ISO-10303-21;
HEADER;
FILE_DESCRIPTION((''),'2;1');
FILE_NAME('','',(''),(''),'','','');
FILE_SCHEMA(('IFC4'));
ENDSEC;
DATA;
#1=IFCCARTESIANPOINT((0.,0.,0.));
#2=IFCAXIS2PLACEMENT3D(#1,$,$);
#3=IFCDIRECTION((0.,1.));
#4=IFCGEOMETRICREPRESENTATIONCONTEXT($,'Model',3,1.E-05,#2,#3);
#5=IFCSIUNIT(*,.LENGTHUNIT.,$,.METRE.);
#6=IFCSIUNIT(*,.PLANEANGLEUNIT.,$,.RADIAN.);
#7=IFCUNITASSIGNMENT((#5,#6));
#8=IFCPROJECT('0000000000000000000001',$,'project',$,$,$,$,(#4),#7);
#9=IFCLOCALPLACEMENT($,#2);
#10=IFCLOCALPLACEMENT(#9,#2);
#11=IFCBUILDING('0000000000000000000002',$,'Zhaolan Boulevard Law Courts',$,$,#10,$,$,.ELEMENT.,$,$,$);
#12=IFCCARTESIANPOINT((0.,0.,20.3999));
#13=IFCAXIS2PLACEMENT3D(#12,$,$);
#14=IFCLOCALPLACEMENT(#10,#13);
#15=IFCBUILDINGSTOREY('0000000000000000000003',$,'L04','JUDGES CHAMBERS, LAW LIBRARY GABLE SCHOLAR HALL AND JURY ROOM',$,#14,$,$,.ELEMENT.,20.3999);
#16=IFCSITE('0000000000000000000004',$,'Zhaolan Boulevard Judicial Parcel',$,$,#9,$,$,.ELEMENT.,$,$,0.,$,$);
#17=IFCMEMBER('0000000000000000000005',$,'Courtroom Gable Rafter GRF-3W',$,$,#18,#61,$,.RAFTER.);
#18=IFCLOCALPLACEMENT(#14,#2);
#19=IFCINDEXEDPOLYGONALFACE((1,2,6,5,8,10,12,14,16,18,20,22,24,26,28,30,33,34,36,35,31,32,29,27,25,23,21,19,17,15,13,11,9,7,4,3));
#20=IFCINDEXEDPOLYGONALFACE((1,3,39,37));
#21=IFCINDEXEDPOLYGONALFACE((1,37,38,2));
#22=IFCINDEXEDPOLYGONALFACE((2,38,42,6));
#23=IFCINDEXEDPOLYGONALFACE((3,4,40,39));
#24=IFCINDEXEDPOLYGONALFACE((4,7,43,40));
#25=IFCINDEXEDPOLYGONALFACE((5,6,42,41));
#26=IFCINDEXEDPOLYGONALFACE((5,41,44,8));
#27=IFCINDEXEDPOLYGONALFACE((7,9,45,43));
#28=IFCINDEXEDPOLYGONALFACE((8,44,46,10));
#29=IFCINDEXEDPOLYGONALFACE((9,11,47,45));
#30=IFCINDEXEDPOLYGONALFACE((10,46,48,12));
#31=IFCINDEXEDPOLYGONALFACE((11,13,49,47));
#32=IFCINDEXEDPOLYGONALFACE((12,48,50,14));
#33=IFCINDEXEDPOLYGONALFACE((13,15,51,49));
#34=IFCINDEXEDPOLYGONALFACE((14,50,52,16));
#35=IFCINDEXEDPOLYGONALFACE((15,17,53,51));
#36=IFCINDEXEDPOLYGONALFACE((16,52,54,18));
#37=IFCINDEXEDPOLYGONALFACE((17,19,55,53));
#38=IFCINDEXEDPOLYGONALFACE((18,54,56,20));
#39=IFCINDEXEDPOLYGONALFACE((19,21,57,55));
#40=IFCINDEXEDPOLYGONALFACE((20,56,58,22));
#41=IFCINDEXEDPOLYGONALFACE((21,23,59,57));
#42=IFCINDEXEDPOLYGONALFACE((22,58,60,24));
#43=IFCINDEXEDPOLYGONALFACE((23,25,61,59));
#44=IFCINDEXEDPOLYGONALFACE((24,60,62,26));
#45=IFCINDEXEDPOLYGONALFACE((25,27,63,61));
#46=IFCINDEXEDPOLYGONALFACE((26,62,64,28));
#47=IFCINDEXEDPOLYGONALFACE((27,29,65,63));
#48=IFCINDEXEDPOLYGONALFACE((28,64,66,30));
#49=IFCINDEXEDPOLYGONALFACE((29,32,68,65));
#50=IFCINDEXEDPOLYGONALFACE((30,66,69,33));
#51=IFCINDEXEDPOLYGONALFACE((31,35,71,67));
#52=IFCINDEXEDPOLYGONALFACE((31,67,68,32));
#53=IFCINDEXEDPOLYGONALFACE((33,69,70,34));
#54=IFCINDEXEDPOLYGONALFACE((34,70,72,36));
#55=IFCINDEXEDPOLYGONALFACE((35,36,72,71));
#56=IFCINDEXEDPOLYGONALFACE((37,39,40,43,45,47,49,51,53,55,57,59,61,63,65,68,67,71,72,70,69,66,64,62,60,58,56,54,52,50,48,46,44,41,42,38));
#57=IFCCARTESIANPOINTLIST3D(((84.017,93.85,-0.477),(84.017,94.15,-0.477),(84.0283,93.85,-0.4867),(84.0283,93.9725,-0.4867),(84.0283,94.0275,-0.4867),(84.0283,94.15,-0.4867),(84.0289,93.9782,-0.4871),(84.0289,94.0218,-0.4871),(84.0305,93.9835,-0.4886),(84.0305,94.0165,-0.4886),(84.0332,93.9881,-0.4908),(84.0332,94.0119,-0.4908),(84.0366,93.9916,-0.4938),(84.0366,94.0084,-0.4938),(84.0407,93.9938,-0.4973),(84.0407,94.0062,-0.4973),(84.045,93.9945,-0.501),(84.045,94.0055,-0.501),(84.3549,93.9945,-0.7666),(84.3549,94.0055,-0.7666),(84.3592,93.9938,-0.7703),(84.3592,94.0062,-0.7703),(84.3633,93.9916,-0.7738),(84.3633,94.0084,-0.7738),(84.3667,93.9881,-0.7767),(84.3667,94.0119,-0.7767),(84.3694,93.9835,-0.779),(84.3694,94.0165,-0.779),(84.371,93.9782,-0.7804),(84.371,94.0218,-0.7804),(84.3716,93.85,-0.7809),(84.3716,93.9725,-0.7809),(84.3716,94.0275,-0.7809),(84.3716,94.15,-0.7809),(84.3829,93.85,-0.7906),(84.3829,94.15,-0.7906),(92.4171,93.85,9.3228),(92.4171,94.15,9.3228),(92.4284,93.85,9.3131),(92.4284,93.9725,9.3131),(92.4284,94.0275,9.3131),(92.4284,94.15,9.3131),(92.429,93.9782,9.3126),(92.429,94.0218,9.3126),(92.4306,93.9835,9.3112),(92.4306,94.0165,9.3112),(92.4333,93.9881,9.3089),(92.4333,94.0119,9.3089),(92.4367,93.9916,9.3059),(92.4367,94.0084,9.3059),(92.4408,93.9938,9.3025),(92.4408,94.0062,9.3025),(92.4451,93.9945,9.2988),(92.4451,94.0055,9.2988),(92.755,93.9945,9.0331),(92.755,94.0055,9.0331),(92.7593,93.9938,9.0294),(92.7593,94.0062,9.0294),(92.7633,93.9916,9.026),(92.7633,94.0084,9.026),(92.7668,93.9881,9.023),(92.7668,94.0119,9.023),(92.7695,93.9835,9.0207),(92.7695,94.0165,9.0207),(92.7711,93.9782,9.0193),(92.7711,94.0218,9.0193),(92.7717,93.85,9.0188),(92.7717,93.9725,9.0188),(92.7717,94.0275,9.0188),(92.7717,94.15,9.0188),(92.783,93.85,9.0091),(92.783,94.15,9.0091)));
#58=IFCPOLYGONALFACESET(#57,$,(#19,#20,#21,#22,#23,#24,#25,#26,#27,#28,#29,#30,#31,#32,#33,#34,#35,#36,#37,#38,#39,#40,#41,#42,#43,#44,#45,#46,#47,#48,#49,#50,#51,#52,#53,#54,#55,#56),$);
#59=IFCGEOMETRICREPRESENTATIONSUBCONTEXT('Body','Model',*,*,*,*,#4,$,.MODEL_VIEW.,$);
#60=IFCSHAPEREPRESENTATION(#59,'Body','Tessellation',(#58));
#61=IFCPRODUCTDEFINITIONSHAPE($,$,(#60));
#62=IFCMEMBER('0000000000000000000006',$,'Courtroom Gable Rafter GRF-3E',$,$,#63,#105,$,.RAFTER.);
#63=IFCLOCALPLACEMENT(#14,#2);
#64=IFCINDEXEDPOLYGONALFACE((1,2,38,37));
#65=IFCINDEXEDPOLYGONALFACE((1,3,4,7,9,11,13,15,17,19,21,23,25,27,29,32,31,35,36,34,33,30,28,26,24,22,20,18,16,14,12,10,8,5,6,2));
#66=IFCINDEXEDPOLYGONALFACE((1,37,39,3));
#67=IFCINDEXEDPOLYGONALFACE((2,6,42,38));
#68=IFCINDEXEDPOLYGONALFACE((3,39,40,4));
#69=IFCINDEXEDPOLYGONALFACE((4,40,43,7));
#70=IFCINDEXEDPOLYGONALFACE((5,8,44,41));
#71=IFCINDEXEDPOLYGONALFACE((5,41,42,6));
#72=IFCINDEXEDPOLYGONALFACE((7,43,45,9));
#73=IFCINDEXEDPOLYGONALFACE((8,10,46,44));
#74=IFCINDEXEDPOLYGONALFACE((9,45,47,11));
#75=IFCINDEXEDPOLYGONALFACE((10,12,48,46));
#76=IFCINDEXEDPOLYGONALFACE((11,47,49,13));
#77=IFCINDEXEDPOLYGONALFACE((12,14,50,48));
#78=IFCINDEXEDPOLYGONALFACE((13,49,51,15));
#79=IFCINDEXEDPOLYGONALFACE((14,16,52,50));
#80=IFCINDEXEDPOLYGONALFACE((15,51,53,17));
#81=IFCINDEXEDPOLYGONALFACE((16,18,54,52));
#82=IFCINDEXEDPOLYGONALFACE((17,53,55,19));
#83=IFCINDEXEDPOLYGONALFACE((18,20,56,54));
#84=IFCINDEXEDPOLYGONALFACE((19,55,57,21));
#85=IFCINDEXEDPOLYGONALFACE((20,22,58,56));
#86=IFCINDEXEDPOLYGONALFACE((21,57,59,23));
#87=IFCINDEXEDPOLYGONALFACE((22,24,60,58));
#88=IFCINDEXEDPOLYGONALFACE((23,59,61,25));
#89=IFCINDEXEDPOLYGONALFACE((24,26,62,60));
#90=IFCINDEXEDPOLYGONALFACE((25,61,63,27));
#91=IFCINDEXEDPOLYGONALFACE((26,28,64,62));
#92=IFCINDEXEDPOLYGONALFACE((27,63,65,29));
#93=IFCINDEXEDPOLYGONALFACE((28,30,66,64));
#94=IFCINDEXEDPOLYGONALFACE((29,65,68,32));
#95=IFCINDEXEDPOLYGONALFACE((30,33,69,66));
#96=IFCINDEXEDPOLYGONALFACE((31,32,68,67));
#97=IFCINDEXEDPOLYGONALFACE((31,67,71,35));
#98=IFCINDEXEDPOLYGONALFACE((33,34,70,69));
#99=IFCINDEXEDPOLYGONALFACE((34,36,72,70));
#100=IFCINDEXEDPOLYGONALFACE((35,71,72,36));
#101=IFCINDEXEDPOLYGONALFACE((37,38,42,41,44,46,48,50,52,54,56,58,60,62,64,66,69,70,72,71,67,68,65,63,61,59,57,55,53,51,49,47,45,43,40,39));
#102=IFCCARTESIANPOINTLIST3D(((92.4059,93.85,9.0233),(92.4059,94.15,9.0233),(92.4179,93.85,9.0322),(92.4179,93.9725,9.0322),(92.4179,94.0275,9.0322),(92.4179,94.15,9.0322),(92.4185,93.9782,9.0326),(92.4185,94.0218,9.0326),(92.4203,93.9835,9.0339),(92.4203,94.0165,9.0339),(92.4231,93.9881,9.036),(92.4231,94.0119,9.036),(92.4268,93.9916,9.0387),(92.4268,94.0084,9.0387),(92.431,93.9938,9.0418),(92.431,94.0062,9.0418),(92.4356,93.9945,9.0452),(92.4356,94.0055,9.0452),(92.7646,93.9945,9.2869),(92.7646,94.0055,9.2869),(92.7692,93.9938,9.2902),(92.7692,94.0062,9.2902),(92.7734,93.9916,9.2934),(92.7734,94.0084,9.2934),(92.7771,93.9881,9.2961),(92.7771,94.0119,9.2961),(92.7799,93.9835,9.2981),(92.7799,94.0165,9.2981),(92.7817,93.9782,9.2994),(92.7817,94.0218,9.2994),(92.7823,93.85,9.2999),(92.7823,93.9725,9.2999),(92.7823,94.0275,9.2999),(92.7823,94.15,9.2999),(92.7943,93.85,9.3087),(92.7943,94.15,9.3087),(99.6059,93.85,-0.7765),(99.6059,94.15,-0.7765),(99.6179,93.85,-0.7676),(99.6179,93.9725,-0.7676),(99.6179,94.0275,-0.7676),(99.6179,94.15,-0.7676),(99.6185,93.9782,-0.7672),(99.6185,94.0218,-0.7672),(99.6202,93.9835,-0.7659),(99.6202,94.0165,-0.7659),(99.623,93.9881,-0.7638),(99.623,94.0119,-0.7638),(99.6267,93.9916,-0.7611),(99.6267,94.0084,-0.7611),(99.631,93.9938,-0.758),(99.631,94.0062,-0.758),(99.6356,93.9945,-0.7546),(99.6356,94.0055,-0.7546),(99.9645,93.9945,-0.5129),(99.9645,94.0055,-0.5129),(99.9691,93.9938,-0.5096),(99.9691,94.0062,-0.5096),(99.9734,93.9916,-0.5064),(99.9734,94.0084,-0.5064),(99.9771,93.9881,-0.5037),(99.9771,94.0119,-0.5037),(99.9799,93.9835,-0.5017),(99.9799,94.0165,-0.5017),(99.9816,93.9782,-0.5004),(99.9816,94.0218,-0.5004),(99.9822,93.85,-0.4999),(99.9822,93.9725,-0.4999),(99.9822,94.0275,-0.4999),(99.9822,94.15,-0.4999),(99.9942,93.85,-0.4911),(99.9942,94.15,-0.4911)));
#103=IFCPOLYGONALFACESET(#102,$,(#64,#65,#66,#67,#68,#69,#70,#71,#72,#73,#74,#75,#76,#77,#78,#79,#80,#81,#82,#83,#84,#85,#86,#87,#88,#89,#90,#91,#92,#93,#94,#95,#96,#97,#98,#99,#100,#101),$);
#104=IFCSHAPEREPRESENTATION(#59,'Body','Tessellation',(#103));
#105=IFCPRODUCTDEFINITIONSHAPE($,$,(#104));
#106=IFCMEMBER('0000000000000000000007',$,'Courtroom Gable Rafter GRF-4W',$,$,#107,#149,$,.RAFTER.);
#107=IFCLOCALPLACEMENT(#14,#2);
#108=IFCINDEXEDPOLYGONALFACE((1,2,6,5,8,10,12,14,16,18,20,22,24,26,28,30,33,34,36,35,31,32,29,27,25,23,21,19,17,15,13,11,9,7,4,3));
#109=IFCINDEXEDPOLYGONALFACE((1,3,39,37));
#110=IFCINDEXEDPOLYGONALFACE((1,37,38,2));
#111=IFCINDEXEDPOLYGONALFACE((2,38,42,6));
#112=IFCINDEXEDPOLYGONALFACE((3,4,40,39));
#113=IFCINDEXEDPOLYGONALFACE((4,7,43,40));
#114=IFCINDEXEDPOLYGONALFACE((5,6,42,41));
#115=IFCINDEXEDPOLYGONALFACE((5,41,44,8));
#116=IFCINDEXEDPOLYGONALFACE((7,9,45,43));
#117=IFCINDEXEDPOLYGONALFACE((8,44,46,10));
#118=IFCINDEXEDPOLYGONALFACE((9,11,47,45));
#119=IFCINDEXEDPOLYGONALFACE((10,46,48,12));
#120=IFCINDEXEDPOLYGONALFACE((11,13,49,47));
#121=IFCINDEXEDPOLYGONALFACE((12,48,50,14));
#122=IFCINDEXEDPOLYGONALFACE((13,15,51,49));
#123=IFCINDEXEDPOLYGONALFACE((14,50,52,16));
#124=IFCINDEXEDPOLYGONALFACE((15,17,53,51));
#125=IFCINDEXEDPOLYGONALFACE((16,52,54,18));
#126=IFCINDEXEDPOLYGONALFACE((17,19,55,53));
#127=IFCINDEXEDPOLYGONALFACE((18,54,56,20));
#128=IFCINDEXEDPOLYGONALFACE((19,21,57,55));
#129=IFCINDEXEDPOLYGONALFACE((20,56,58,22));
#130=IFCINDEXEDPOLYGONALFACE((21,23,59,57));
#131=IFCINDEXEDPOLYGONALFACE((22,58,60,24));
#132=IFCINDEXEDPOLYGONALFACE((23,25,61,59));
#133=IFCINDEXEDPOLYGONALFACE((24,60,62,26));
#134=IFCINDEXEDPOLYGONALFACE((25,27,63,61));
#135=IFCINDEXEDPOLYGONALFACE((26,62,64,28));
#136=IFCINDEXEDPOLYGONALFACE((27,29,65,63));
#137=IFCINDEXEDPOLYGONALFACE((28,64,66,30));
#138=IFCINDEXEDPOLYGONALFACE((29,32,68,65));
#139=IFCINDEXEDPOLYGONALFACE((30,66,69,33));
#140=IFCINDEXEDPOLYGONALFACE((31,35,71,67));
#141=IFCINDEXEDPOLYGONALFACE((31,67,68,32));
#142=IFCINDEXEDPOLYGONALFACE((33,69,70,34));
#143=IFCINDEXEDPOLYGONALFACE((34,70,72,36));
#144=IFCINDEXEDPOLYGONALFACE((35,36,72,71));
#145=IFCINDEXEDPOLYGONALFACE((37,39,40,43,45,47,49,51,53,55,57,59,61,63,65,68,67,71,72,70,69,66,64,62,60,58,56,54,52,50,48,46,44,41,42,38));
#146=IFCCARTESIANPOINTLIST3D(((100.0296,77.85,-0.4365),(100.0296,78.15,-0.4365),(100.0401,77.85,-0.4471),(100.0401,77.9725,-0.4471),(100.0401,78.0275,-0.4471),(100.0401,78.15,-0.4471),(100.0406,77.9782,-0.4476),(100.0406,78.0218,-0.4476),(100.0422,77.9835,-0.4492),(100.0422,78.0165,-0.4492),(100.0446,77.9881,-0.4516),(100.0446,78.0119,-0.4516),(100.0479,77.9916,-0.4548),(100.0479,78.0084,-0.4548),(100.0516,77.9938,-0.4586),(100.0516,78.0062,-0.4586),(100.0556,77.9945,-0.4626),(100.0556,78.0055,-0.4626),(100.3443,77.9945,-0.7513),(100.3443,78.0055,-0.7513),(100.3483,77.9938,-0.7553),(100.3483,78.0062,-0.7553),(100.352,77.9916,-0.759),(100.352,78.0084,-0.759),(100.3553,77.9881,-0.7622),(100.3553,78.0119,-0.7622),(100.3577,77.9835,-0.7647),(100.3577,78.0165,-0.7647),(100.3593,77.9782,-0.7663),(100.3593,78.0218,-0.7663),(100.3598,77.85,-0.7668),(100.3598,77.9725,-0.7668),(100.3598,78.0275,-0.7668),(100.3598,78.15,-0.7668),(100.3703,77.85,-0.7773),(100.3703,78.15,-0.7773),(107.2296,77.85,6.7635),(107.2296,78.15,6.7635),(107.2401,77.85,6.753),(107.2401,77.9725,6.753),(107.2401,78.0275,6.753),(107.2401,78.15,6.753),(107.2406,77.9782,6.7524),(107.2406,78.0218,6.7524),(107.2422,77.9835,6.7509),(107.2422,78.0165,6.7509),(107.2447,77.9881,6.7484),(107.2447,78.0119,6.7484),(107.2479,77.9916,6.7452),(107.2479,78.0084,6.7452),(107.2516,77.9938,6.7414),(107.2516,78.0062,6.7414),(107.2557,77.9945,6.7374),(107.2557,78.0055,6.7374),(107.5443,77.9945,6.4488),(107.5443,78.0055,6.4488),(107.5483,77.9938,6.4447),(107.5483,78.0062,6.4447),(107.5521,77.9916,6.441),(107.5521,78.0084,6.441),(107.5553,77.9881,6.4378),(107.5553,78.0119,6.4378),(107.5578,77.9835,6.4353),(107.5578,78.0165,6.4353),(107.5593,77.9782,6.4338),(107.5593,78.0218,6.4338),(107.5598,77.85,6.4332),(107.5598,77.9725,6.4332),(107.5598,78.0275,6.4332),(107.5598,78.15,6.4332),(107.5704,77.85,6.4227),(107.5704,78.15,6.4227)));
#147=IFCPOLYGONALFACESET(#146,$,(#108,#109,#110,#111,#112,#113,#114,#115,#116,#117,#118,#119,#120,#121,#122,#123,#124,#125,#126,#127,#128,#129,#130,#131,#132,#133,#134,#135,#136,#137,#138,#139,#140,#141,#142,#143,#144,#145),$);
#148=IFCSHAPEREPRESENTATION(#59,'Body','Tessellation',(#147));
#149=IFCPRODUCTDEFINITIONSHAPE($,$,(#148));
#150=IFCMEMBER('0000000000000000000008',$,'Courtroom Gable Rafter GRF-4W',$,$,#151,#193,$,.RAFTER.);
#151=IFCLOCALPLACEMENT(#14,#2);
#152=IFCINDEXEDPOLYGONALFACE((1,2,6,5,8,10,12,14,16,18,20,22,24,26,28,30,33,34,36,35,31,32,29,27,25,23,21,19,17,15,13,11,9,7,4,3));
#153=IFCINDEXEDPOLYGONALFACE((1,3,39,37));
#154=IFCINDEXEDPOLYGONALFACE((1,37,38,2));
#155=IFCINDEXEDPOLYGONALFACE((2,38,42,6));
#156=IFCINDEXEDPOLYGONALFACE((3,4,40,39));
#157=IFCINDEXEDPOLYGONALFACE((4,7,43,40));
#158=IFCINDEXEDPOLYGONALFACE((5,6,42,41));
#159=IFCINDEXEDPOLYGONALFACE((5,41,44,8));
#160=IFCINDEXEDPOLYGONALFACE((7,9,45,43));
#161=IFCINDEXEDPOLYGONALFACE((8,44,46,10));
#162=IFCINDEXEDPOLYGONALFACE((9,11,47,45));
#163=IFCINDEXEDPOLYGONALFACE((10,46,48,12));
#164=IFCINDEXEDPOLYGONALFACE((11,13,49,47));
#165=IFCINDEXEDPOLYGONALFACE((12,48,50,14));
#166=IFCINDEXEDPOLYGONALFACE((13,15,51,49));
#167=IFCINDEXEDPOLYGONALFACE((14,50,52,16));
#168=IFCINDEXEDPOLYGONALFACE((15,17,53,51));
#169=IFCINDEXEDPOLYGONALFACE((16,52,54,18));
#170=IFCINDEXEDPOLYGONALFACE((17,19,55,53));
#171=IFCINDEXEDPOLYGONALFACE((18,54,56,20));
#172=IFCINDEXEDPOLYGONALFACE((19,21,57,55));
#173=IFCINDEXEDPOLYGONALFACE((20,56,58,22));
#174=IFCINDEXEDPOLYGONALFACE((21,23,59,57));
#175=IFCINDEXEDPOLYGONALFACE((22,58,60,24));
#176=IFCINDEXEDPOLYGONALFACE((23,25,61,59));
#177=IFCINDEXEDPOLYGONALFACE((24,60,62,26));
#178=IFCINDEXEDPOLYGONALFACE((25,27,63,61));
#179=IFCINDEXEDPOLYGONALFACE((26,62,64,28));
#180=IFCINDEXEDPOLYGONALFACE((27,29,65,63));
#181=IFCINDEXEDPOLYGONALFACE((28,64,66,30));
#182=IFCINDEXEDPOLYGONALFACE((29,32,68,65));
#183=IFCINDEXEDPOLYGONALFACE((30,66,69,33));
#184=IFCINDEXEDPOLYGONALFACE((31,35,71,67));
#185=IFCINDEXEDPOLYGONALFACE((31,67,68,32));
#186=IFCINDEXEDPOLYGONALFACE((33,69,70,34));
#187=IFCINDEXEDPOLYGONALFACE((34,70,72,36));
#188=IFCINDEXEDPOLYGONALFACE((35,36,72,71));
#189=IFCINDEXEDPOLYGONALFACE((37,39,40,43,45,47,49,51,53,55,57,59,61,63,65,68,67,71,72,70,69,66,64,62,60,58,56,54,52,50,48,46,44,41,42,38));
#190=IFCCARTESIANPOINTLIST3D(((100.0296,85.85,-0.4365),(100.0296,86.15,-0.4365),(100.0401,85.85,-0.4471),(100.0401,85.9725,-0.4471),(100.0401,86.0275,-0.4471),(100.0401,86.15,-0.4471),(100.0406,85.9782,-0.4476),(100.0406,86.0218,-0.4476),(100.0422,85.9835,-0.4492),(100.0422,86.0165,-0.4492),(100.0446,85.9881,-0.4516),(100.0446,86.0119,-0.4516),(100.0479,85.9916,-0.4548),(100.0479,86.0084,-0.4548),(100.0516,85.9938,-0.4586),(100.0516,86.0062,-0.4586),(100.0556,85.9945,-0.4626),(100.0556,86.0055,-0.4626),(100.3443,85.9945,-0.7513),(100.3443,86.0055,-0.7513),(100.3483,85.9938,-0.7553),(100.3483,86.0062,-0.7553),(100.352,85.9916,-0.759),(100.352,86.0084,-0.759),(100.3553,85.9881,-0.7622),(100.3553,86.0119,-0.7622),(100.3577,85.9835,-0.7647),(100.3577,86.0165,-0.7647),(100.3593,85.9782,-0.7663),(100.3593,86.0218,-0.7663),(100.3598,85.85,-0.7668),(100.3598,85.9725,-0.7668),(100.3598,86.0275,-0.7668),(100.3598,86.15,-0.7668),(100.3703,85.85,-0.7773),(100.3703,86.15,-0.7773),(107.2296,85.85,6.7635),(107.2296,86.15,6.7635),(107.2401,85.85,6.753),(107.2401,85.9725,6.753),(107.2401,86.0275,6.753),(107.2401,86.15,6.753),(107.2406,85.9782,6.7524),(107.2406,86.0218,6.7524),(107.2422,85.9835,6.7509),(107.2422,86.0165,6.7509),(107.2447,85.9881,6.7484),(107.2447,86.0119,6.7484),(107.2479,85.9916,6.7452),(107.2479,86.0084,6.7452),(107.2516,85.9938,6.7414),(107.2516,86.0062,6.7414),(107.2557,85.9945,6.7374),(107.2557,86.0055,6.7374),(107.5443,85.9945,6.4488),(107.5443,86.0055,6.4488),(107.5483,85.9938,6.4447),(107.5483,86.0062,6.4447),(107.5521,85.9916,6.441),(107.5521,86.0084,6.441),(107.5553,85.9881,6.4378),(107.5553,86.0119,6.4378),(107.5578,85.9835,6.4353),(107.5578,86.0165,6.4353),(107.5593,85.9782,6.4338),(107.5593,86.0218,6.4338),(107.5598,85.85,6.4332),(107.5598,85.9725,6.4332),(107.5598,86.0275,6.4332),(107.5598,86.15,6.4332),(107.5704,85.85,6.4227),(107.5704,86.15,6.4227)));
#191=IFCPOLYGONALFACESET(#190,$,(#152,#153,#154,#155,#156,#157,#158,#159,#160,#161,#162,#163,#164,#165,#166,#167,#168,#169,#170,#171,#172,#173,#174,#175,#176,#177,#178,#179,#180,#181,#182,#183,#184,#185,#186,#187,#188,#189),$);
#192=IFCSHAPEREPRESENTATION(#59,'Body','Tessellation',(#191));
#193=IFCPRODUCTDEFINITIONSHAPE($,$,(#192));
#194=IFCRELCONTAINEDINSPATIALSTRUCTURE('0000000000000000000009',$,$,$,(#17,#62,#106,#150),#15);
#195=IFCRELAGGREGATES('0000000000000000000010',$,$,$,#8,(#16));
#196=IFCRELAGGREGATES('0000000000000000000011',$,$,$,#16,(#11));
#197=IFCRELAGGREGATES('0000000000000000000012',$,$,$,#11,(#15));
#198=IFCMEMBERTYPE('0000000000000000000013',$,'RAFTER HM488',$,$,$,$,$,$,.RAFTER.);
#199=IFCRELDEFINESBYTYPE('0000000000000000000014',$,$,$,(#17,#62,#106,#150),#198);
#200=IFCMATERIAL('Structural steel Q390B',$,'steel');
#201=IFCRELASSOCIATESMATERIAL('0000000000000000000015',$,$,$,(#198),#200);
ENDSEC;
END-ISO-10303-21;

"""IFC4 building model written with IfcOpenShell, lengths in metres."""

from ifc_helpers import new_model, si_unit, direction, frame, origin, origin_2d, place, context, subcontext, project, spatial, i_section, extrude, material, material_profile, profile_set, type_object, element, save


model = new_model("IFC4")

# Units and contexts
model_context = context("Model", 3, precision=1e-05, world=origin(), true_north=direction((0.0, 1.0)))
body_context = subcontext(model_context, "Body", "Model", "MODEL_VIEW")
ifc_project = project(units=[si_unit("LENGTHUNIT", "METRE"), si_unit("PLANEANGLEUNIT", "RADIAN")], contexts=[model_context])

# Site, building, storey
site_placement = place(None, origin())
site = spatial("IfcSite", under=ifc_project, at=site_placement, Name="Zhaolan Boulevard Judicial Parcel", CompositionType="ELEMENT", RefElevation=0.0)
building_placement = place(site_placement, origin())
building = spatial("IfcBuilding", under=site, at=building_placement, Name="Zhaolan Boulevard Law Courts", CompositionType="ELEMENT")
storey_placement = place(building_placement, frame((0.0, 0.0, 20.3999)))
storey = spatial("IfcBuildingStorey", under=building, at=storey_placement, Name="L04", Description="JUDGES CHAMBERS, LAW LIBRARY GABLE SCHOLAR HALL AND JURY ROOM", CompositionType="ELEMENT", Elevation=20.3999)

# Members
ifc_material_1 = material(Name="Structural steel Q390B", Category="steel")
ifc_material_profile = material_profile(ifc_material_1, i_section(OverallWidth=0.3, OverallDepth=0.4819, WebThickness=0.011, FlangeThickness=0.0149, FilletRadius=0.022, at=origin_2d()), Name="HM482x300")
ifc_profile_set = profile_set([ifc_material_profile], Name="Structural steel Q390B")
member_type = type_object("IfcMemberType", Name="RAFTER HM488", PredefinedType="RAFTER", material=ifc_profile_set)
member_1_placement = place(storey_placement, frame((84.2, 94.0, -0.6338), z_axis=(0.650805, 0.0, 0.759245), x_axis=(0.0, 1.0, 0.0)))
element("IfcMember", 1, at=member_1_placement, inside=storey, type_object=member_type, Name="Courtroom Gable Rafter GRF-3W", PredefinedType="RAFTER", context=body_context, shape_type="SweptSolid", body=[
    extrude(i_section(OverallWidth=0.3, OverallDepth=0.4819, WebThickness=0.011, FlangeThickness=0.0149, FilletRadius=0.022, at=origin_2d()), origin(), (0.0, 0.0, 1.0), 12.9072),
])
member_2_placement = place(storey_placement, frame((99.8, 94.0, -0.6338), z_axis=(-0.592081, 0.0, 0.805878), x_axis=(0.0, -1.0, 0.0)))
element("IfcMember", 2, at=member_2_placement, inside=storey, type_object=member_type, Name="Courtroom Gable Rafter GRF-3E", PredefinedType="RAFTER", context=body_context, shape_type="SweptSolid", body=[
    extrude(i_section(OverallWidth=0.3, OverallDepth=0.4819, WebThickness=0.011, FlangeThickness=0.0149, FilletRadius=0.022, at=origin_2d()), origin(), (0.0, 0.0, 1.0), 12.1604),
])
for number, where, z_axis, x_axis, name in (
    (3, (100.2, 78.0, -0.6069), (0.707107, 0.0, 0.707107), (0.0, 1.0, 0.0), "Courtroom Gable Rafter GRF-4W"),
    (4, (100.2, 86.0, -0.6069), (0.707107, 0.0, 0.707107), (0.0, 1.0, 0.0), "Courtroom Gable Rafter GRF-4W"),
):
    element("IfcMember", number, at=place(storey_placement, frame(where, z_axis=z_axis, x_axis=x_axis)), inside=storey, type_object=member_type, Name=name, PredefinedType="RAFTER", context=body_context, shape_type="SweptSolid", body=[
        extrude(i_section(OverallWidth=0.3, OverallDepth=0.4819, WebThickness=0.011, FlangeThickness=0.0149, FilletRadius=0.022, at=origin_2d()), origin(), (0.0, 0.0, 1.0), 10.1824),
    ])

save(model, "model.ifc")
